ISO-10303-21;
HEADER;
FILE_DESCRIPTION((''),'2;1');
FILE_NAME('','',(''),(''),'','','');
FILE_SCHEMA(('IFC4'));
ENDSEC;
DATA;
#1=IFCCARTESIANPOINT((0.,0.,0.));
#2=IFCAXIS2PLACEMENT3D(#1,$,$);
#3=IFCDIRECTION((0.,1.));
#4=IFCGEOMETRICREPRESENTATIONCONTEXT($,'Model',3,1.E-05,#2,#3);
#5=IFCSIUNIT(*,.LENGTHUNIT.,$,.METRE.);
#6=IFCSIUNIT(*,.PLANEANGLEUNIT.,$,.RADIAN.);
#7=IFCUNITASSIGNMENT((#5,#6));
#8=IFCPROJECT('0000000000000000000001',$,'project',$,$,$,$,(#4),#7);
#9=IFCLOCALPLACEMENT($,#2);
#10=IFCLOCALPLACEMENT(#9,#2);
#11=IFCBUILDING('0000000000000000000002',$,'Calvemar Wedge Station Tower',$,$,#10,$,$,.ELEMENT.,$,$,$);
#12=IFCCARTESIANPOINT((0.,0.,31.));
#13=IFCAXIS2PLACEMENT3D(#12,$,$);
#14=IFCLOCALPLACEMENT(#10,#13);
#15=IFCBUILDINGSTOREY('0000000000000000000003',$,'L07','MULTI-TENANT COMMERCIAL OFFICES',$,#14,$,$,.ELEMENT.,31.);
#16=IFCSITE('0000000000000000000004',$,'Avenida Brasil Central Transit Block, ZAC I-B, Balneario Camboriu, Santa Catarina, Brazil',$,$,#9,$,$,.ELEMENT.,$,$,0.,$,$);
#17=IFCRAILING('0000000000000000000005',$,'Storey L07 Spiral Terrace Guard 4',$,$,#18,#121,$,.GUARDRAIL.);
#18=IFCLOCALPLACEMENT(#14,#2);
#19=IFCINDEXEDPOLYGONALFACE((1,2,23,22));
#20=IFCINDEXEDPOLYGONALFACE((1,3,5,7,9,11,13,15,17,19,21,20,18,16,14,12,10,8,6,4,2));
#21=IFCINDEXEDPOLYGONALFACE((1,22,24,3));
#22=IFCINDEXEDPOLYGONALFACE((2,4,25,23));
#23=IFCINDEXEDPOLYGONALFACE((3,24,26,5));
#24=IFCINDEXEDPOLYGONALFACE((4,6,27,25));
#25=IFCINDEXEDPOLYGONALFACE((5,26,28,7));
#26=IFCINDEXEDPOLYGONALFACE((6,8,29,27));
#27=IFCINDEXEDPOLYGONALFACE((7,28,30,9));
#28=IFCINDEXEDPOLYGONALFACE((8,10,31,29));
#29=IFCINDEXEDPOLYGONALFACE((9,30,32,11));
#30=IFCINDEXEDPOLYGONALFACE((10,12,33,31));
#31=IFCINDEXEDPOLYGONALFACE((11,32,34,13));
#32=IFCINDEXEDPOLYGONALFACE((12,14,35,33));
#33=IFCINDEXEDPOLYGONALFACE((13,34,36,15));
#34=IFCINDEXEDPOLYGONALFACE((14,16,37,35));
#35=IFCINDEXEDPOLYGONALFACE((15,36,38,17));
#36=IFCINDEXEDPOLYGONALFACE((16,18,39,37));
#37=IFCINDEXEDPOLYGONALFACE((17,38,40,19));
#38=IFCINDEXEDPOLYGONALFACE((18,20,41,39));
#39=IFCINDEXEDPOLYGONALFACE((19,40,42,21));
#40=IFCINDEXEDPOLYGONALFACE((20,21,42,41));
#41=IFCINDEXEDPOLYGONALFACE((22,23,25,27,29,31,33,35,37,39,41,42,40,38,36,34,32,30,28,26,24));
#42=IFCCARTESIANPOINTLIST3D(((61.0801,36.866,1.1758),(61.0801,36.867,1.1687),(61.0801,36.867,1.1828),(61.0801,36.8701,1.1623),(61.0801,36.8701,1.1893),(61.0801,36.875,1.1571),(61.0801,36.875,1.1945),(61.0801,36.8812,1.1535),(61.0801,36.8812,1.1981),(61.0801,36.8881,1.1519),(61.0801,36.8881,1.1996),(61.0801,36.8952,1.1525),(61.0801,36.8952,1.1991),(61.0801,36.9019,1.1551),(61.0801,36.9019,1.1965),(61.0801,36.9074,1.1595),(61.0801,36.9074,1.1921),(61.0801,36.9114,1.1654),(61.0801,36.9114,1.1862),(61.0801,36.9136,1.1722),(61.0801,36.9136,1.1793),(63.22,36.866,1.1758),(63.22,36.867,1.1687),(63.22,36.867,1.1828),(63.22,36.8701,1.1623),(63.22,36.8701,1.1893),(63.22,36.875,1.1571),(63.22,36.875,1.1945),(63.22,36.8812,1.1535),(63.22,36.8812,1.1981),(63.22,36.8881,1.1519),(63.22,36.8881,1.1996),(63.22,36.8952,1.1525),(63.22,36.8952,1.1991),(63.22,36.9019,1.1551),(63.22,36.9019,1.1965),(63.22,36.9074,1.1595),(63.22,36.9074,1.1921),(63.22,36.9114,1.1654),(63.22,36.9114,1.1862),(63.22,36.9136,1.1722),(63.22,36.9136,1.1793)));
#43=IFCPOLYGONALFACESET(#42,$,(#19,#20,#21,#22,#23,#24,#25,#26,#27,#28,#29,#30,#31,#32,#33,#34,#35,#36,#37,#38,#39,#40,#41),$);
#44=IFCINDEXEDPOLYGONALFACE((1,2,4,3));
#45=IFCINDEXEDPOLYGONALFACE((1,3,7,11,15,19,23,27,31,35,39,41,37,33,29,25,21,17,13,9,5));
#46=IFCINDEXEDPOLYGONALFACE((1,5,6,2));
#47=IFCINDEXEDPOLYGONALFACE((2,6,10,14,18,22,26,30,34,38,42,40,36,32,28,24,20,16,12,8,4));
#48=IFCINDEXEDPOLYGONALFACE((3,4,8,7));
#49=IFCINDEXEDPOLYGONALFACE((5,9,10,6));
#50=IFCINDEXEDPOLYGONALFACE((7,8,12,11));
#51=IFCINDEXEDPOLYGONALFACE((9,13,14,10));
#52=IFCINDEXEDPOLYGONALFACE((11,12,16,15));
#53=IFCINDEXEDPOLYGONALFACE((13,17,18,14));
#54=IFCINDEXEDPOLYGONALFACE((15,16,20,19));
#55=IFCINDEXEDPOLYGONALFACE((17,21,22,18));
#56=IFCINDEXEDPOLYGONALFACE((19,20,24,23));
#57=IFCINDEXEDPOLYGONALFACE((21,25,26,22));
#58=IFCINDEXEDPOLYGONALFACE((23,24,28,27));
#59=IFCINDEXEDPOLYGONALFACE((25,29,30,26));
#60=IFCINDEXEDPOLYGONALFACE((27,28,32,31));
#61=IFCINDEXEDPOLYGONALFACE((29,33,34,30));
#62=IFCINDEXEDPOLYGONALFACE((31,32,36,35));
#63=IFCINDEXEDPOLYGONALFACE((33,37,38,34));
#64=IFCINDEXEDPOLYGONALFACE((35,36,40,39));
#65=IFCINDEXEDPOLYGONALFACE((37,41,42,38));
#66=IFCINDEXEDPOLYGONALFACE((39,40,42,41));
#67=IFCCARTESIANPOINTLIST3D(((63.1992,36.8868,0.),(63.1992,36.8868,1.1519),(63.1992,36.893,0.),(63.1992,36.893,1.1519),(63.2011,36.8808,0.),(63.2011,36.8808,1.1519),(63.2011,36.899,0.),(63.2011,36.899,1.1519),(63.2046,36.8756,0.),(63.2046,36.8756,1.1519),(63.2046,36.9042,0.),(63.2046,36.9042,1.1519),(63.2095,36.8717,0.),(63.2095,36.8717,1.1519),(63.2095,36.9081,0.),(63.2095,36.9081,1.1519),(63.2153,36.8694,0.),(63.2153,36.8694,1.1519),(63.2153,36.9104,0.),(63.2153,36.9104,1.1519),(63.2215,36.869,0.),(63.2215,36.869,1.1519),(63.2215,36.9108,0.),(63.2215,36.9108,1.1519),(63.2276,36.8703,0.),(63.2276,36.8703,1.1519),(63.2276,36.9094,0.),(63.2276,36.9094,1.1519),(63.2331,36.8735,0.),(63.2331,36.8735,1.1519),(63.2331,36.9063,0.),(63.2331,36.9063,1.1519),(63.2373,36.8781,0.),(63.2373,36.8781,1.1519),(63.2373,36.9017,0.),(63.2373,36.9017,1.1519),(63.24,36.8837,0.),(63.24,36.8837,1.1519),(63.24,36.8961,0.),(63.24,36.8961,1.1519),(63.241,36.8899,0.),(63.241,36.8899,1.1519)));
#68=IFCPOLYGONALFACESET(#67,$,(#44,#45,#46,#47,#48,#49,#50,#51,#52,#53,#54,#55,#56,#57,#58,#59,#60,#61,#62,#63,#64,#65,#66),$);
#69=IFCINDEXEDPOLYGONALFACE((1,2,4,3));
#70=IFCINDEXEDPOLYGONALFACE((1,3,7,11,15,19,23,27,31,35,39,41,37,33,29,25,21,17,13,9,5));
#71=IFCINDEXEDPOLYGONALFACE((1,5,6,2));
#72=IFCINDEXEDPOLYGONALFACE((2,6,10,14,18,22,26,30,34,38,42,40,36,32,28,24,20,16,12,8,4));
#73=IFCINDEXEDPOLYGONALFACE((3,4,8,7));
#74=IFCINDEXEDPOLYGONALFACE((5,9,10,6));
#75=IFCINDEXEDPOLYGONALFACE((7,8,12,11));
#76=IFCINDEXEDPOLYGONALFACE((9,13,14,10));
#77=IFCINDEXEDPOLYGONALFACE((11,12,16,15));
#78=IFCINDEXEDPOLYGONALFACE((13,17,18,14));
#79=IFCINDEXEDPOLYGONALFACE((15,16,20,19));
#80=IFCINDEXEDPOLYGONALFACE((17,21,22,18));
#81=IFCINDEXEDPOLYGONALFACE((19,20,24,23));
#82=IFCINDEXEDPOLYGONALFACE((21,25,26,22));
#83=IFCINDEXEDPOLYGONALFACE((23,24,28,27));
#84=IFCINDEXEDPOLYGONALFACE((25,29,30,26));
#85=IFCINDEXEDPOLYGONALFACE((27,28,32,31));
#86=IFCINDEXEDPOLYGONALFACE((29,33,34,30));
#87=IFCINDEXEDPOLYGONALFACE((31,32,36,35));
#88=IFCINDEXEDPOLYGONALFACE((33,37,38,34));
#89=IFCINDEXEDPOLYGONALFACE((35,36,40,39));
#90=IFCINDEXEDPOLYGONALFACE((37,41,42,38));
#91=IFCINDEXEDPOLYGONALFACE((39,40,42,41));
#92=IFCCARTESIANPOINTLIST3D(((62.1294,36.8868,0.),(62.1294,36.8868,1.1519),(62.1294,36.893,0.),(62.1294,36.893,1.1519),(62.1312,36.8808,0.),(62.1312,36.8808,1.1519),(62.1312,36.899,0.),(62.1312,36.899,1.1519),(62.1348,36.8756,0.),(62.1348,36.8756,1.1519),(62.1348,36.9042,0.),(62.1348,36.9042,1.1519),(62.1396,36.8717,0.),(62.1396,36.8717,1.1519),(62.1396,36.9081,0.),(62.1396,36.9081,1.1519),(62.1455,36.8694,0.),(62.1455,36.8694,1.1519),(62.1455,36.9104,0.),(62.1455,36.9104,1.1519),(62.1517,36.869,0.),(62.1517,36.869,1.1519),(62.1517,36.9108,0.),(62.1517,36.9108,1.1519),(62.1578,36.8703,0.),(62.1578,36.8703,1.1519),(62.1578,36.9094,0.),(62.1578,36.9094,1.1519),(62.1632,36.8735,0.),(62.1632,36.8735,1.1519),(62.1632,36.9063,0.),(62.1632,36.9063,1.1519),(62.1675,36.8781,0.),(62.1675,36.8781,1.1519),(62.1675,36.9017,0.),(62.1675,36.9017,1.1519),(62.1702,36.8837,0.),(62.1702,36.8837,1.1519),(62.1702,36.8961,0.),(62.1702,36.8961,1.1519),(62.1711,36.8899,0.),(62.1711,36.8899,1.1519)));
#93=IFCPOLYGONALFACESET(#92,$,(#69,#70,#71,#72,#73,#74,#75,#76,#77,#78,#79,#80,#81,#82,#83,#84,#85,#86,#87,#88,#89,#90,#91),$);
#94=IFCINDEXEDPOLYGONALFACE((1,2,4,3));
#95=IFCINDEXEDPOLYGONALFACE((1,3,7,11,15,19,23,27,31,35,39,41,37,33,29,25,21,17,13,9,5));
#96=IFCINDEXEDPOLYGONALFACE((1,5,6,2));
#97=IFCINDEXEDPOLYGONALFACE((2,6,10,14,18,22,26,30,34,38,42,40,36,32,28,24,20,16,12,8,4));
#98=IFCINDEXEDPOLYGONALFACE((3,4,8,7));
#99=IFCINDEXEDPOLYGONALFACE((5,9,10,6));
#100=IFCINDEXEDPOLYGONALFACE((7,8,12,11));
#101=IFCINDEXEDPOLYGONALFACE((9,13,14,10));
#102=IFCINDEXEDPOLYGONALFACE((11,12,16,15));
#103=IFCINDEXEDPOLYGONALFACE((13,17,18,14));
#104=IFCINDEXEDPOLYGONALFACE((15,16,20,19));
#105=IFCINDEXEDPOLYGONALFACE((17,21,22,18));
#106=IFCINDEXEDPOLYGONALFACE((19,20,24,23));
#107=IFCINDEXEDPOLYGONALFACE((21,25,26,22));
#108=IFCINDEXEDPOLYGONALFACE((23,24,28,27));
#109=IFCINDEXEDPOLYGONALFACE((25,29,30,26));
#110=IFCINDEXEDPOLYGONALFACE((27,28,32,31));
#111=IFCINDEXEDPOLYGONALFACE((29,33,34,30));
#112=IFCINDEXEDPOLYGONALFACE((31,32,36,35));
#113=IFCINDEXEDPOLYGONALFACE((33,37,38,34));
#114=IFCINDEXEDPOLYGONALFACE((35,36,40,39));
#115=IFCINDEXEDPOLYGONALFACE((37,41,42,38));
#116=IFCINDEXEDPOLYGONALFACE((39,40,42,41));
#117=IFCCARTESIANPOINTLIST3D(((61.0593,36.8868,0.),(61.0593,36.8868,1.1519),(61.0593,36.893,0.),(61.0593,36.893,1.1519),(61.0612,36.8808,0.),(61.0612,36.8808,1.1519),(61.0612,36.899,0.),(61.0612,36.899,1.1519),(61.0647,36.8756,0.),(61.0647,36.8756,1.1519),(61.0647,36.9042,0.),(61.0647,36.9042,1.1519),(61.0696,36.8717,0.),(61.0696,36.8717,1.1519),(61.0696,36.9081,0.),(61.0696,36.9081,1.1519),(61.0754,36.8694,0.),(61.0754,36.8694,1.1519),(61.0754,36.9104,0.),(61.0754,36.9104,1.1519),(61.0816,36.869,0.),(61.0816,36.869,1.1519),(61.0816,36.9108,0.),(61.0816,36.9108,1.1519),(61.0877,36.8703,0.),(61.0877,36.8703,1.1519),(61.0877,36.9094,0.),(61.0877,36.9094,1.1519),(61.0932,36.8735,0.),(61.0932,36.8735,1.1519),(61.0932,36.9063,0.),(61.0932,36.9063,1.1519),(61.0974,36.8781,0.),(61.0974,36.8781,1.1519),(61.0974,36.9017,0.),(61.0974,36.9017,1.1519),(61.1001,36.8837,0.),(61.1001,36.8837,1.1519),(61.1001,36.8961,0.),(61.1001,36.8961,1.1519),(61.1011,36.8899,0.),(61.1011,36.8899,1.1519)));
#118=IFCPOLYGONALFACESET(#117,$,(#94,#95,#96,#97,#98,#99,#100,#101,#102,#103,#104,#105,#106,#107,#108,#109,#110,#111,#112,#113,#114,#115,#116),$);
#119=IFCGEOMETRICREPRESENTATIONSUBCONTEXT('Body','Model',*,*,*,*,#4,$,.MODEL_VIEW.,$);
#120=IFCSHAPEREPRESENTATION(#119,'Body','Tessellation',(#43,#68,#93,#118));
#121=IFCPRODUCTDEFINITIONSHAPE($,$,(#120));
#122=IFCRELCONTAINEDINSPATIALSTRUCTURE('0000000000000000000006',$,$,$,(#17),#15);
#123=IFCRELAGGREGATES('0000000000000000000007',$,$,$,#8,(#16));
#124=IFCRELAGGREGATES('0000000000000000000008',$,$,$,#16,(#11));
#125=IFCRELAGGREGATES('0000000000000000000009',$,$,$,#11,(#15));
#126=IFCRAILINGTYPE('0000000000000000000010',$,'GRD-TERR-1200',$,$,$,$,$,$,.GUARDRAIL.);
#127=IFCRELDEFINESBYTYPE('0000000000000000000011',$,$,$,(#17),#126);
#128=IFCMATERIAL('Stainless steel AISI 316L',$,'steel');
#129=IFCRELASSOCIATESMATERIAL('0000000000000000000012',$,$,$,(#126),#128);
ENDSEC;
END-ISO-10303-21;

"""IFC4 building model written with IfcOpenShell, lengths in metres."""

from ifc_helpers import new_model, si_unit, direction, frame, origin, origin_2d, place, context, subcontext, project, spatial, circle, extrude, material, type_object, element, save


model = new_model("IFC4")

# Units and contexts
model_context = context("Model", 3, precision=1e-05, world=origin(), true_north=direction((0.0, 1.0)))
body_context = subcontext(model_context, "Body", "Model", "MODEL_VIEW")
ifc_project = project(units=[si_unit("LENGTHUNIT", "METRE"), si_unit("PLANEANGLEUNIT", "RADIAN")], contexts=[model_context])

# Site, building, storey
site_placement = place(None, origin())
site = spatial("IfcSite", under=ifc_project, at=site_placement, Name="Avenida Brasil Central Transit Block, ZAC I-B, Balneario Camboriu, Santa Catarina, Brazil", CompositionType="ELEMENT", RefElevation=0.0)
building_placement = place(site_placement, origin())
building = spatial("IfcBuilding", under=site, at=building_placement, Name="Calvemar Wedge Station Tower", CompositionType="ELEMENT")
storey_placement = place(building_placement, frame((0.0, 0.0, 31.0)))
storey = spatial("IfcBuildingStorey", under=building, at=storey_placement, Name="L07", Description="MULTI-TENANT COMMERCIAL OFFICES", CompositionType="ELEMENT", Elevation=31.0)

# Railing
ifc_material_1 = material(Name="Stainless steel AISI 316L", Category="steel")
railing_type = type_object("IfcRailingType", Name="GRD-TERR-1200", PredefinedType="GUARDRAIL", material=ifc_material_1)
railing_placement = place(storey_placement, frame((63.22, 36.8899, 0.0)))
element("IfcRailing", 1, at=railing_placement, inside=storey, type_object=railing_type, Name="Storey L07 Spiral Terrace Guard 4", PredefinedType="GUARDRAIL", context=body_context, shape_type="SweptSolid", body=[
    extrude(circle(Radius=0.0239, at=origin_2d()), frame((0.0, 0.0, 1.1758), z_axis=(-1.0, 0.0, 0.0), x_axis=(0.0, -1.0, 0.0)), (0.0, 0.0, 1.0), 2.1399),
    extrude(circle(Radius=0.021, at=origin_2d()), origin(), (0.0, 0.0, 1.0), 1.1519),
    extrude(circle(Radius=0.021, at=origin_2d()), frame((-1.0698, 0.0, 0.0)), (0.0, 0.0, 1.0), 1.1519),
    extrude(circle(Radius=0.021, at=origin_2d()), frame((-2.1399, 0.0, 0.0)), (0.0, 0.0, 1.0), 1.1519),
])

save(model, "model.ifc")
